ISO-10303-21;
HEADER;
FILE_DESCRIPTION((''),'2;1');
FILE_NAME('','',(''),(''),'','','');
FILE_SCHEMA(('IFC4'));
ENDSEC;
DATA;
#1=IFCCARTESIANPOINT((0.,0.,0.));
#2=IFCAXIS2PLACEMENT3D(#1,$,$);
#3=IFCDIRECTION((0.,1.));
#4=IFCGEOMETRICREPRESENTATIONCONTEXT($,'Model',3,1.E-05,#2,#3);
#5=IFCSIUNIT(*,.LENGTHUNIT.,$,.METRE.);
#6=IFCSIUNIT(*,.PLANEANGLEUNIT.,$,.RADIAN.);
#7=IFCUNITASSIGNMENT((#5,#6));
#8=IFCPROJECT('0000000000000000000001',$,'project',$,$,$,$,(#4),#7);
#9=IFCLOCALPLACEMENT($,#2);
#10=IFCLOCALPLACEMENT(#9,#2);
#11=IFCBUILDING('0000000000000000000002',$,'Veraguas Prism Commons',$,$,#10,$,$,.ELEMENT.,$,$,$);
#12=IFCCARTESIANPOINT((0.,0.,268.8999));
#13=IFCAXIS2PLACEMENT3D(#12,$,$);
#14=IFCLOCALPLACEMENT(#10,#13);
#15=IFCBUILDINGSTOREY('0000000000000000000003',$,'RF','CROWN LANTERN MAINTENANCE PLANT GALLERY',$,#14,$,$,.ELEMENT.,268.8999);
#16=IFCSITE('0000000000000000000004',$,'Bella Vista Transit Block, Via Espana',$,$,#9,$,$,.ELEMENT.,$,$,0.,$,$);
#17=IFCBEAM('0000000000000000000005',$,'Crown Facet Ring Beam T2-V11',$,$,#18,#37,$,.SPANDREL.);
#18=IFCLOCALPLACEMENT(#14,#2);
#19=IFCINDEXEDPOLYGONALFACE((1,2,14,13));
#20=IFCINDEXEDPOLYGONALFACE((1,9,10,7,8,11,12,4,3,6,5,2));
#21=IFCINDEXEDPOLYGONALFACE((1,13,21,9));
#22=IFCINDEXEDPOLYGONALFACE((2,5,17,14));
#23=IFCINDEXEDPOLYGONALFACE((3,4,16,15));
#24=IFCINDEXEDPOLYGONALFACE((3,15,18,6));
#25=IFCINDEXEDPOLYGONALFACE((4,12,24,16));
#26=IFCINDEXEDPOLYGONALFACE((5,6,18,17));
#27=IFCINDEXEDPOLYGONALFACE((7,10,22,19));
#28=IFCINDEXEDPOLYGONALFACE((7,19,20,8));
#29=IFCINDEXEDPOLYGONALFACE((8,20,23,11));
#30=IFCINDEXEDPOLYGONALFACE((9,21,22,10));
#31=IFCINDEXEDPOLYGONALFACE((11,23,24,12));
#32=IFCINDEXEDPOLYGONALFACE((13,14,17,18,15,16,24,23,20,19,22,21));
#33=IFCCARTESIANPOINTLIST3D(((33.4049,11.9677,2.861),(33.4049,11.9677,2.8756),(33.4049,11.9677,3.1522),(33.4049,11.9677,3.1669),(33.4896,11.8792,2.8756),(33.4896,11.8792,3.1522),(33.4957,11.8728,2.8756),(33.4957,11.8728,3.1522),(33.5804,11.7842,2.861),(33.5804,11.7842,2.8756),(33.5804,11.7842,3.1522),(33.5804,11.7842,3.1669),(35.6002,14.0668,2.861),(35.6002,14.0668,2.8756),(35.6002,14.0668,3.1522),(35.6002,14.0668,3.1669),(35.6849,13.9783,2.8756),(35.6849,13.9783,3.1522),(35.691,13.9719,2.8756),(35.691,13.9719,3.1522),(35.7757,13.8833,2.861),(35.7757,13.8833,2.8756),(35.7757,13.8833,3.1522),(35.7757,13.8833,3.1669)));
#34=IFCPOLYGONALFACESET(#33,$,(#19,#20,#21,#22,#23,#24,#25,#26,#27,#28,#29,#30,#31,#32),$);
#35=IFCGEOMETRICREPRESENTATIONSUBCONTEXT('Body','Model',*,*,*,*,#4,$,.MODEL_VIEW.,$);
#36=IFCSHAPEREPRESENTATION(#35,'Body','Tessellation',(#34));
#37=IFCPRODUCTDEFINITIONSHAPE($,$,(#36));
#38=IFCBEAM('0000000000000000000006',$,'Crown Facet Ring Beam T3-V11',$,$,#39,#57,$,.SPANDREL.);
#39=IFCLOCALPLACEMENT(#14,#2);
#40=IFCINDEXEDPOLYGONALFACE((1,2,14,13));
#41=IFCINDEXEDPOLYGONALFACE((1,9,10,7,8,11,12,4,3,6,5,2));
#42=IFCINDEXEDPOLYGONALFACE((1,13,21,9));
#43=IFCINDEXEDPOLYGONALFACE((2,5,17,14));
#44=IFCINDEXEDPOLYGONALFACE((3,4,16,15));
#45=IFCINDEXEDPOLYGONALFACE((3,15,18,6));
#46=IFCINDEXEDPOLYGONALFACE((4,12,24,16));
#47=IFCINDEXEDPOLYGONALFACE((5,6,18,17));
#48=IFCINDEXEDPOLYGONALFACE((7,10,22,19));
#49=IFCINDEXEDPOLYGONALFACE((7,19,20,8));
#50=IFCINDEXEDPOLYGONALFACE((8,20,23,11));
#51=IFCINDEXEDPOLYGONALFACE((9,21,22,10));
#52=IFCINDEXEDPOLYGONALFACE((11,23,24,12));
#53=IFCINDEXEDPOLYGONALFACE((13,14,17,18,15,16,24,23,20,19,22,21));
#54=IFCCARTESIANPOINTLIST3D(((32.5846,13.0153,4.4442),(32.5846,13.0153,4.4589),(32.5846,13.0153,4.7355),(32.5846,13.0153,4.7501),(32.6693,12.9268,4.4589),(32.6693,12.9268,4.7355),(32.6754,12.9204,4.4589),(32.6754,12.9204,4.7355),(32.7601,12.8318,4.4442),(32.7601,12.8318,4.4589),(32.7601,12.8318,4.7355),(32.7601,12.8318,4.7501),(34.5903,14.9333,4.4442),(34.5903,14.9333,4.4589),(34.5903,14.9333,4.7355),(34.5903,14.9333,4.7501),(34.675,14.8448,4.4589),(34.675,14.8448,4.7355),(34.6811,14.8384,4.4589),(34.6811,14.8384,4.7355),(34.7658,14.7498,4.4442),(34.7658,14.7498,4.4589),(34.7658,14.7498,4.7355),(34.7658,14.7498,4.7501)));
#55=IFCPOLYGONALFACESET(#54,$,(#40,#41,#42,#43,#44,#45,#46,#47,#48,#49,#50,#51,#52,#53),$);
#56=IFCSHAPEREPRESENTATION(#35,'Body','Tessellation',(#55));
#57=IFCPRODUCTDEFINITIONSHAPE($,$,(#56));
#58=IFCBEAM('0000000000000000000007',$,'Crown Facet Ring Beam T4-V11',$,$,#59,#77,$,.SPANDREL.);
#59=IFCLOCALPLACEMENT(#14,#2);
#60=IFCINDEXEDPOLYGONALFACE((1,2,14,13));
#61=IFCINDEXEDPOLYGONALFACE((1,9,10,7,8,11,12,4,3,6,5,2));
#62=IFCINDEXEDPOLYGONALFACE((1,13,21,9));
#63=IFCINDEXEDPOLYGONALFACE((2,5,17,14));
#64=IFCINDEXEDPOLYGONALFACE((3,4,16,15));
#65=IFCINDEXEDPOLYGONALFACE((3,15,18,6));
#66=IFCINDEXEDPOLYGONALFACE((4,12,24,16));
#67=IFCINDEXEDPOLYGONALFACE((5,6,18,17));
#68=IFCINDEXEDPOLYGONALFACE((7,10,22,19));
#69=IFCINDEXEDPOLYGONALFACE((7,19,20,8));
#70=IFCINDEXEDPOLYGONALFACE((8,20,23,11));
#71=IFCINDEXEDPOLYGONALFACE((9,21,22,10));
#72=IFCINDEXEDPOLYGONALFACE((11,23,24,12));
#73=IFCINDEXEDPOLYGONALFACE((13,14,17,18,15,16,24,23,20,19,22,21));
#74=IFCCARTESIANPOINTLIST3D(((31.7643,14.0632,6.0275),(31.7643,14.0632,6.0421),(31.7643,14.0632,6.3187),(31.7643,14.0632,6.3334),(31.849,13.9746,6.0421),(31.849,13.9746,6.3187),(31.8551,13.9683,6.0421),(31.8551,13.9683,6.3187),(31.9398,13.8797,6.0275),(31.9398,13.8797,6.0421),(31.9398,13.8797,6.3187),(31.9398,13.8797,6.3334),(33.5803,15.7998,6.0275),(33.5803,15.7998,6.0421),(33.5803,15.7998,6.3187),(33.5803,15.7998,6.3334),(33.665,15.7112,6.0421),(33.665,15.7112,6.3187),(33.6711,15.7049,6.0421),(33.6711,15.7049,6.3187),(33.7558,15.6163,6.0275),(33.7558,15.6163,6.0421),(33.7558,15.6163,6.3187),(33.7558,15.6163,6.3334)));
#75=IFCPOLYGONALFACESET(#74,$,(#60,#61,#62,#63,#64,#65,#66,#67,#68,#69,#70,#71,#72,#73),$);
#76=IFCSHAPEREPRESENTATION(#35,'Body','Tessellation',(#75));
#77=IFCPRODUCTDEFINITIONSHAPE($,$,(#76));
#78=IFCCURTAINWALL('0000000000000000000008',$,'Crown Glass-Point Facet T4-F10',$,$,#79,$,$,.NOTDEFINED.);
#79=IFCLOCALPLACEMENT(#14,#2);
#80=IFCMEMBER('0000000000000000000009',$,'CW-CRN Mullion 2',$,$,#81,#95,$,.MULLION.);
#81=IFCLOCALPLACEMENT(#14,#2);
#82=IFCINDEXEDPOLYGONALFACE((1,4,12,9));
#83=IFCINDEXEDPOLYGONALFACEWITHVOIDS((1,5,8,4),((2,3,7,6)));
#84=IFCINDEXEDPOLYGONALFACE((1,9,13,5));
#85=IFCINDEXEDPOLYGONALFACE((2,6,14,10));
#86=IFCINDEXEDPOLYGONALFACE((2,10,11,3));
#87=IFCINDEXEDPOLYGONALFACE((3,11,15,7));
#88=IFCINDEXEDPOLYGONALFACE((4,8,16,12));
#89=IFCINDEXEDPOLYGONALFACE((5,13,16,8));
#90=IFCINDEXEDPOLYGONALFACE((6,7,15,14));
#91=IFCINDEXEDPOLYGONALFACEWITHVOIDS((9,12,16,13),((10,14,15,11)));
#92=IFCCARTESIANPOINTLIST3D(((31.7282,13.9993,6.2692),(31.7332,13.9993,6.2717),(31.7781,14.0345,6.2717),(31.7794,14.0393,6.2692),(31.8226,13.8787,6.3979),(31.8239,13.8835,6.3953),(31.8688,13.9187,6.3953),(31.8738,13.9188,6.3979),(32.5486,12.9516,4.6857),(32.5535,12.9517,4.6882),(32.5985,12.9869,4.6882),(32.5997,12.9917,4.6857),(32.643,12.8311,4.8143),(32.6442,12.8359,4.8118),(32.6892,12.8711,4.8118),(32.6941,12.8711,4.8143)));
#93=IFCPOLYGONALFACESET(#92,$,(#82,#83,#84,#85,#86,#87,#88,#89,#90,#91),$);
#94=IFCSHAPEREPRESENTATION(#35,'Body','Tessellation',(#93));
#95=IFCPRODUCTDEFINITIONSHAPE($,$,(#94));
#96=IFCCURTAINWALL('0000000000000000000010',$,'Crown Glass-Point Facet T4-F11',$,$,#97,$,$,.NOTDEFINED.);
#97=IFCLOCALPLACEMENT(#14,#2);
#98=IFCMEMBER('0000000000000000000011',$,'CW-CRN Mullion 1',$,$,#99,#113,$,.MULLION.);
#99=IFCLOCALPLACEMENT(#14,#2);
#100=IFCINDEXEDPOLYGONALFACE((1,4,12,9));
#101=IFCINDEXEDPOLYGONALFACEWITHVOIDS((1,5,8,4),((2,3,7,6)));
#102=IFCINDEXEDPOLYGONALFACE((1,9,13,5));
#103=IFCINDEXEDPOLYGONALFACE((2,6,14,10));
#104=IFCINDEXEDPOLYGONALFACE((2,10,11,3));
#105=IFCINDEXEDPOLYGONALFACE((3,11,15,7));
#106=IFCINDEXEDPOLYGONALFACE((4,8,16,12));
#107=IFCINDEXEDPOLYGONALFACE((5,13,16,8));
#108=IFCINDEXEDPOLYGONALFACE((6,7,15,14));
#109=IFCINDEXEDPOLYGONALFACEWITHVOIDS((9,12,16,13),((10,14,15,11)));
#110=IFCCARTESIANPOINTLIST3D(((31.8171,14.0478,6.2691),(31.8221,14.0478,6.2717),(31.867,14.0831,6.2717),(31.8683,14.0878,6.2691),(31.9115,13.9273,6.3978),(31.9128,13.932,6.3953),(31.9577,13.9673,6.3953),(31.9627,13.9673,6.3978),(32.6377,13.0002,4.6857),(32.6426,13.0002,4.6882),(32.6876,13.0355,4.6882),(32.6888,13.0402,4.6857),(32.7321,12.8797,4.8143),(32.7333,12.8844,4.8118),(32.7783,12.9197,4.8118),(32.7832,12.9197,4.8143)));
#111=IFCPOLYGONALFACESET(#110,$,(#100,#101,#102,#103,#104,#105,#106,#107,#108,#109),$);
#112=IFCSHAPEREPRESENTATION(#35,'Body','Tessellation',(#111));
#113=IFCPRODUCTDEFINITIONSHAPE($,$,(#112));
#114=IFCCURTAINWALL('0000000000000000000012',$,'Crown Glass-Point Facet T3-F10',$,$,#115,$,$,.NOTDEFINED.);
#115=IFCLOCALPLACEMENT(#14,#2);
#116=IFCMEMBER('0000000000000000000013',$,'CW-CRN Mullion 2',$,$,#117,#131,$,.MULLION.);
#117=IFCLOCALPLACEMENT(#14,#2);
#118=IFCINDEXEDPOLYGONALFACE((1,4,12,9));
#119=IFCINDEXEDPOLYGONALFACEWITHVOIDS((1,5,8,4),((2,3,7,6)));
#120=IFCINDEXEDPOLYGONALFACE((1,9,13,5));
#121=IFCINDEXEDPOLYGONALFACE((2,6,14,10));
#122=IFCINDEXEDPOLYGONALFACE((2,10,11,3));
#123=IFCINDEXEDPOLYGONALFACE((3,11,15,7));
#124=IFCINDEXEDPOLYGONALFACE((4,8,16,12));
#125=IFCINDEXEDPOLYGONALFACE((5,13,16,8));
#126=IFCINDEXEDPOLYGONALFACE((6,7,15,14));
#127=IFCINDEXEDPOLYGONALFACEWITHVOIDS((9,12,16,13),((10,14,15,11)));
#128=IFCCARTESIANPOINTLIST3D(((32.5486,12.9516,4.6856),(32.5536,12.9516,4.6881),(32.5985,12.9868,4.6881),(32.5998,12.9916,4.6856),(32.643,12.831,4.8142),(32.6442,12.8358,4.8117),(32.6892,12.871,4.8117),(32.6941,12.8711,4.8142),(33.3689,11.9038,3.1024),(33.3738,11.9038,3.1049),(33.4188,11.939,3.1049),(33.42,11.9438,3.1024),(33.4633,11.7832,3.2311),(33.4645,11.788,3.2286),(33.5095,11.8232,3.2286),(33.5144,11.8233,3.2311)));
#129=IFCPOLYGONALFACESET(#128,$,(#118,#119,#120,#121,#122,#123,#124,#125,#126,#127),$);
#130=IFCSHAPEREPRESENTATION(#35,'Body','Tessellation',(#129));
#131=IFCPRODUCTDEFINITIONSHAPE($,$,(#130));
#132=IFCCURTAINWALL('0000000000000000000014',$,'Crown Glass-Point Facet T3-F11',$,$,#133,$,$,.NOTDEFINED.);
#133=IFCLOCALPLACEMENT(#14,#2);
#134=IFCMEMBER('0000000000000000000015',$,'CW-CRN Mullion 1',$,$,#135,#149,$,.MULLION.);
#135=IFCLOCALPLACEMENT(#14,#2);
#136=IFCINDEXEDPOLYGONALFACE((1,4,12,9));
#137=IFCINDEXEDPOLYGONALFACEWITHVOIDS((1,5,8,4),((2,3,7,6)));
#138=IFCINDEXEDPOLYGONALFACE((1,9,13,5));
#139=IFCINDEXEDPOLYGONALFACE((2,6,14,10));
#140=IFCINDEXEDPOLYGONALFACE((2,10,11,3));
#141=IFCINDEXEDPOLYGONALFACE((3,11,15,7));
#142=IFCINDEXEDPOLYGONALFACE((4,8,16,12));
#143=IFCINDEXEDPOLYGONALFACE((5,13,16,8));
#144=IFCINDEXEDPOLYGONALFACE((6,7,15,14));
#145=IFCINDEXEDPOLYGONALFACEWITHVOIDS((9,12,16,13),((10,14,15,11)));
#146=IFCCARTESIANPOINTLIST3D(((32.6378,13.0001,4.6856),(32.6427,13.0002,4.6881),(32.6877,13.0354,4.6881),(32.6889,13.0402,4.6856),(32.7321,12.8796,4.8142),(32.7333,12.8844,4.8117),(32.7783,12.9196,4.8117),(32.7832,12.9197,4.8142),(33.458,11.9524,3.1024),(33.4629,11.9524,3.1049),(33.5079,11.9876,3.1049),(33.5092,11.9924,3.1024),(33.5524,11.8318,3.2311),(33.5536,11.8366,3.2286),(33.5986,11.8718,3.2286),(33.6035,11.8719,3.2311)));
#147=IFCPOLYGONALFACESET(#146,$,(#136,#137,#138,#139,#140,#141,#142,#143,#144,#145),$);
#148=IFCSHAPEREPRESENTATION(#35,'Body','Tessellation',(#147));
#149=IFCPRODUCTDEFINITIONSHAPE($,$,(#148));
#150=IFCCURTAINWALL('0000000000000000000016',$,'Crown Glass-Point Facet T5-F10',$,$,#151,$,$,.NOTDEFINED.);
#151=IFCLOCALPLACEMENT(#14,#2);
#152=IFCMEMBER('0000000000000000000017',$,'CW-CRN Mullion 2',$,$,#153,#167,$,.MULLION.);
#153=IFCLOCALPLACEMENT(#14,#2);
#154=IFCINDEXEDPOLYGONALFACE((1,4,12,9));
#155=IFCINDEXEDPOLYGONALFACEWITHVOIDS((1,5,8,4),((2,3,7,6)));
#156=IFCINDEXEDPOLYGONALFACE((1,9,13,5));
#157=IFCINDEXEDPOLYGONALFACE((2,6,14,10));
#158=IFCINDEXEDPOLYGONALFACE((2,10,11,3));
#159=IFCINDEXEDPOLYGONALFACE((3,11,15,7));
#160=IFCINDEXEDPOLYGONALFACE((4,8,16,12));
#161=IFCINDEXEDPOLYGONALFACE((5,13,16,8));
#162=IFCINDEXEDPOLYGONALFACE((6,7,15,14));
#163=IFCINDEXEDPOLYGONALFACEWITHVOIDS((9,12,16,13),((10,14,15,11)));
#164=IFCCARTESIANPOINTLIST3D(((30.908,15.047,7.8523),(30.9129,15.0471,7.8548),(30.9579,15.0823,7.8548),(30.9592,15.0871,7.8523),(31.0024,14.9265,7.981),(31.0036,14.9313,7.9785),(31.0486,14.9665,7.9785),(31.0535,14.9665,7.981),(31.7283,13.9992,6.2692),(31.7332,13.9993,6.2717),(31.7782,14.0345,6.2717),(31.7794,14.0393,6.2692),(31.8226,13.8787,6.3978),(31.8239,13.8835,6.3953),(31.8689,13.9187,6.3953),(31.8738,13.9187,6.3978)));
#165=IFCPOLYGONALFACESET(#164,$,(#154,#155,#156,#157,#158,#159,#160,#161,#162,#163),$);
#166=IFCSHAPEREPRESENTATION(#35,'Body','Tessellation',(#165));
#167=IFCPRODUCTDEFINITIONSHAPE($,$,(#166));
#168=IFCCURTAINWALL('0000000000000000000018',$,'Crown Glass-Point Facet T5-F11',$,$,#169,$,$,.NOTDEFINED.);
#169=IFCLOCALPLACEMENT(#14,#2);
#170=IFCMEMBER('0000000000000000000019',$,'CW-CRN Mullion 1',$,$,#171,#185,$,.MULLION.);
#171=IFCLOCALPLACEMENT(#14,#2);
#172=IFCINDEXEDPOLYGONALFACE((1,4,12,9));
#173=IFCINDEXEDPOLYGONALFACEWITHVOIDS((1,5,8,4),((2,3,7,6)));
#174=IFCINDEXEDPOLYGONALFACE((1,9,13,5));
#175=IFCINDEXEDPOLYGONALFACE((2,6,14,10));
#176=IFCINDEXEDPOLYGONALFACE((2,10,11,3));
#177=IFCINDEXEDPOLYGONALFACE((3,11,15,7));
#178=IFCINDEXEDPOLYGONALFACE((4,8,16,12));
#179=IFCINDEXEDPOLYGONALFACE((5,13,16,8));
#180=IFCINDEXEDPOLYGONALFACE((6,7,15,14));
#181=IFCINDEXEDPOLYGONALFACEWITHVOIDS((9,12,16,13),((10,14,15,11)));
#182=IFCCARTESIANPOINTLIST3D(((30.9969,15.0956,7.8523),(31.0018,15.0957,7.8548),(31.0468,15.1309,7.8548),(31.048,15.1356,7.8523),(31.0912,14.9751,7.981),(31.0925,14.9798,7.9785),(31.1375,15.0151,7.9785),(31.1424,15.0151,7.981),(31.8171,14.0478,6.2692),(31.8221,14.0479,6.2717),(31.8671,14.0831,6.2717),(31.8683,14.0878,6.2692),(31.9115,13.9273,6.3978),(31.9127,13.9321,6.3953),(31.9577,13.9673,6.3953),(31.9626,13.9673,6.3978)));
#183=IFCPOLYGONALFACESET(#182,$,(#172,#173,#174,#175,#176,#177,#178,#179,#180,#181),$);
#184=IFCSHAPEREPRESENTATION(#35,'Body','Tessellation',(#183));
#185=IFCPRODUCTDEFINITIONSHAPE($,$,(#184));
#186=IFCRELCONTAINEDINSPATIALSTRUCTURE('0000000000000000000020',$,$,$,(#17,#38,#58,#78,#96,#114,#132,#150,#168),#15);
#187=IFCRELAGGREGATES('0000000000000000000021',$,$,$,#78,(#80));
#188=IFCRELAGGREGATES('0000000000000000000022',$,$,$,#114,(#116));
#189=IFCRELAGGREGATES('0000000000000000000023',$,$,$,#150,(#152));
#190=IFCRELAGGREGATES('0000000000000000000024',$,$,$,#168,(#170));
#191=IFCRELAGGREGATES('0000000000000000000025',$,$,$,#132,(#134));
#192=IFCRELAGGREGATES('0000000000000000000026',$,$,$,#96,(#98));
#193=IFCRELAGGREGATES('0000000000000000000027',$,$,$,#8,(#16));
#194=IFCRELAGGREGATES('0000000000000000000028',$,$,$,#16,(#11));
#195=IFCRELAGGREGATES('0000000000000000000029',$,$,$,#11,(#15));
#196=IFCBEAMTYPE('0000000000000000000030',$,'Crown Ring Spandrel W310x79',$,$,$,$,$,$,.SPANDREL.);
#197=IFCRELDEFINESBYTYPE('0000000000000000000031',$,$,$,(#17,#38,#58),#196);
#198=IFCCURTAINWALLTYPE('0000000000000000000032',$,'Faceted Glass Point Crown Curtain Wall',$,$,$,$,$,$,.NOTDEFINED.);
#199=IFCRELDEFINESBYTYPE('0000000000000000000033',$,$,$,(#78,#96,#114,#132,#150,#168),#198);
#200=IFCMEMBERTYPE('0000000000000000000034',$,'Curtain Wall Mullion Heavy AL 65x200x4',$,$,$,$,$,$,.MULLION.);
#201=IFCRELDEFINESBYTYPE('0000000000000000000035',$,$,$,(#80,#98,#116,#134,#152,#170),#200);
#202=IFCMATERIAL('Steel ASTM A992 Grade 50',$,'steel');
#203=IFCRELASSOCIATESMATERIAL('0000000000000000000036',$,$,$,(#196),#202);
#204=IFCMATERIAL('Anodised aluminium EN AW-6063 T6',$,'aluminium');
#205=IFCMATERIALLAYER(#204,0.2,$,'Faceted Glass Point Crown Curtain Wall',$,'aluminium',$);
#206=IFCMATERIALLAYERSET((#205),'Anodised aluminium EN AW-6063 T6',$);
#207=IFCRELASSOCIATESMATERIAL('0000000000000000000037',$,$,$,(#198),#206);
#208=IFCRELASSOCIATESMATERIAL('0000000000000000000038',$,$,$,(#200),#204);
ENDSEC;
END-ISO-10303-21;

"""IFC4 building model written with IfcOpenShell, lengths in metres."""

from ifc_helpers import new_model, si_unit, direction, frame, origin, origin_2d, place, context, subcontext, project, spatial, hollow_rectangle, i_section, extrude, source, transform, mapped, material, layer, layer_set, material_profile, profile_set, type_object, element, aggregate, save


model = new_model("IFC4")

# Units and contexts
model_context = context("Model", 3, precision=1e-05, world=origin(), true_north=direction((0.0, 1.0)))
body_context = subcontext(model_context, "Body", "Model", "MODEL_VIEW")
ifc_project = project(units=[si_unit("LENGTHUNIT", "METRE"), si_unit("PLANEANGLEUNIT", "RADIAN")], contexts=[model_context])

# Site, building, storey
site_placement = place(None, origin())
site = spatial("IfcSite", under=ifc_project, at=site_placement, Name="Bella Vista Transit Block, Via Espana", CompositionType="ELEMENT", RefElevation=0.0)
building_placement = place(site_placement, origin())
building = spatial("IfcBuilding", under=site, at=building_placement, Name="Veraguas Prism Commons", CompositionType="ELEMENT")
storey_placement = place(building_placement, frame((0.0, 0.0, 268.8999)))
storey = spatial("IfcBuildingStorey", under=building, at=storey_placement, Name="RF", Description="CROWN LANTERN MAINTENANCE PLANT GALLERY", CompositionType="ELEMENT", Elevation=268.8999)

# Beams
ifc_material_1 = material(Name="Steel ASTM A992 Grade 50", Category="steel")
ifc_material_profile_1 = material_profile(ifc_material_1, i_section(OverallWidth=0.2539, OverallDepth=0.3059, WebThickness=0.0088, FlangeThickness=0.0146, at=origin_2d()), Name="W310X79")
ifc_profile_set_1 = profile_set([ifc_material_profile_1], Name="Steel ASTM A992 Grade 50")
beam_type = type_object("IfcBeamType", Name="Crown Ring Spandrel W310x79", PredefinedType="SPANDREL", material=ifc_profile_set_1)
beam_1_placement = place(storey_placement, frame((33.4927, 11.876, 3.0139), z_axis=(0.722764, 0.691095, 0.0), x_axis=(-0.691095, 0.722764, 0.0)))
element("IfcBeam", 1, at=beam_1_placement, inside=storey, type_object=beam_type, Name="Crown Facet Ring Beam T2-V11", PredefinedType="SPANDREL", context=body_context, shape_type="SweptSolid", body=[
    extrude(i_section(OverallWidth=0.2539, OverallDepth=0.3059, WebThickness=0.0088, FlangeThickness=0.0146, at=origin_2d()), origin(), (0.0, 0.0, 1.0), 3.0374),
])
beam_2_placement = place(storey_placement, frame((32.6724, 12.9236, 4.5972), z_axis=(0.722722, 0.691139, 0.0), x_axis=(-0.691139, 0.722722, 0.0)))
element("IfcBeam", 2, at=beam_2_placement, inside=storey, type_object=beam_type, Name="Crown Facet Ring Beam T3-V11", PredefinedType="SPANDREL", context=body_context, shape_type="SweptSolid", body=[
    extrude(i_section(OverallWidth=0.2539, OverallDepth=0.3059, WebThickness=0.0088, FlangeThickness=0.0146, at=origin_2d()), origin(), (0.0, 0.0, 1.0), 2.7751),
])
beam_3_placement = place(storey_placement, frame((31.8521, 13.9714, 6.1804), z_axis=(0.72272, 0.691141, 0.0), x_axis=(-0.691141, 0.72272, 0.0)))
element("IfcBeam", 3, at=beam_3_placement, inside=storey, type_object=beam_type, Name="Crown Facet Ring Beam T4-V11", PredefinedType="SPANDREL", context=body_context, shape_type="SweptSolid", body=[
    extrude(i_section(OverallWidth=0.2539, OverallDepth=0.3059, WebThickness=0.0088, FlangeThickness=0.0146, at=origin_2d()), origin(), (0.0, 0.0, 1.0), 2.5127),
])

# Curtain walls, members
ifc_material_2 = material(Name="Anodised aluminium EN AW-6063 T6", Category="aluminium")
ifc_layer_1 = layer(ifc_material_2, 0.2, Name="Faceted Glass Point Crown Curtain Wall", Category="aluminium")
ifc_layer_set_1 = layer_set([ifc_layer_1], Name="Anodised aluminium EN AW-6063 T6")
curtain_wall_type = type_object("IfcCurtainWallType", Name="Faceted Glass Point Crown Curtain Wall", PredefinedType="NOTDEFINED", material=ifc_layer_set_1)
curtain_wall_1_placement = place(storey_placement, origin())
curtain_wall_1 = element("IfcCurtainWall", 4, at=curtain_wall_1_placement, inside=storey, type_object=curtain_wall_type, Name="Crown Glass-Point Facet T4-F10", PredefinedType="NOTDEFINED")
ifc_material_profile_2 = material_profile(ifc_material_2, hollow_rectangle(XDim=0.0649, YDim=0.2, WallThickness=0.0039, at=origin_2d()), Name="AL65X200X4")
ifc_profile_set_2 = profile_set([ifc_material_profile_2], Name="Anodised aluminium EN AW-6063 T6")
member_type_1 = type_object("IfcMemberType", Name="Curtain Wall Mullion Heavy AL 65x200x4", PredefinedType="MULLION", material=ifc_profile_set_2)
shared_shape_1 = source(origin(), body_context, "Body", "SweptSolid", [
    extrude(hollow_rectangle(XDim=0.0649, YDim=0.2, WallThickness=0.0039, at=origin_2d()), origin(), (0.0, 0.0, 1.0), 2.0684),
])
member_1_placement = place(storey_placement, frame((32.6213, 12.9114, 4.75), z_axis=(-0.396612, 0.506507, 0.765604), x_axis=(-0.787342, -0.616516, 0.0)))
member_1 = element("IfcMember", 5, at=member_1_placement, type_object=member_type_1, Name="CW-CRN Mullion 2", PredefinedType="MULLION", context=body_context, shape_type="MappedRepresentation", body=[
    mapped(shared_shape_1, transform((0.0, 0.0, 0.0), scale=1.0)),
])
aggregate(curtain_wall_1, [member_1])
curtain_wall_2_placement = place(storey_placement, origin())
curtain_wall_2 = element("IfcCurtainWall", 6, at=curtain_wall_2_placement, inside=storey, type_object=curtain_wall_type, Name="Crown Glass-Point Facet T4-F11", PredefinedType="NOTDEFINED")
member_2_placement = place(storey_placement, frame((32.7104, 12.96, 4.75), z_axis=(-0.396712, 0.506483, 0.765568), x_axis=(-0.787253, -0.61663, 0.0)))
member_2 = element("IfcMember", 7, at=member_2_placement, type_object=member_type_1, Name="CW-CRN Mullion 1", PredefinedType="MULLION", context=body_context, shape_type="MappedRepresentation", body=[
    mapped(shared_shape_1, transform((0.0, 0.0, 0.0), scale=1.0)),
])
curtain_wall_3_placement = place(storey_placement, origin())
curtain_wall_3 = element("IfcCurtainWall", 8, at=curtain_wall_3_placement, inside=storey, type_object=curtain_wall_type, Name="Crown Glass-Point Facet T3-F10", PredefinedType="NOTDEFINED")
shared_shape_2 = source(origin(), body_context, "Body", "SweptSolid", [
    extrude(hollow_rectangle(XDim=0.0649, YDim=0.2, WallThickness=0.0039, at=origin_2d()), origin(), (0.0, 0.0, 1.0), 2.0681),
])
member_3_placement = place(storey_placement, frame((33.4417, 11.8635, 3.1667), z_axis=(-0.396625, 0.506641, 0.765509), x_axis=(-0.787412, -0.616427, 0.0)))
member_3 = element("IfcMember", 9, at=member_3_placement, type_object=member_type_1, Name="CW-CRN Mullion 2", PredefinedType="MULLION", context=body_context, shape_type="MappedRepresentation", body=[
    mapped(shared_shape_2, transform((0.0, 0.0, 0.0), scale=1.0)),
])
aggregate(curtain_wall_3, [member_3])
curtain_wall_4_placement = place(storey_placement, origin())
curtain_wall_4 = element("IfcCurtainWall", 10, at=curtain_wall_4_placement, inside=storey, type_object=curtain_wall_type, Name="Crown Glass-Point Facet T3-F11", PredefinedType="NOTDEFINED")
member_4_placement = place(storey_placement, frame((33.5308, 11.9121, 3.1667), z_axis=(-0.396625, 0.506641, 0.765509), x_axis=(-0.787412, -0.616427, 0.0)))
member_4 = element("IfcMember", 11, at=member_4_placement, type_object=member_type_1, Name="CW-CRN Mullion 1", PredefinedType="MULLION", context=body_context, shape_type="MappedRepresentation", body=[
    mapped(shared_shape_2, transform((0.0, 0.0, 0.0), scale=1.0)),
])
curtain_wall_5_placement = place(storey_placement, origin())
curtain_wall_5 = element("IfcCurtainWall", 12, at=curtain_wall_5_placement, inside=storey, type_object=curtain_wall_type, Name="Crown Glass-Point Facet T5-F10", PredefinedType="NOTDEFINED")
member_5_placement = place(storey_placement, frame((31.801, 13.959, 6.3335), z_axis=(-0.396625, 0.506641, 0.765509), x_axis=(-0.787412, -0.616427, 0.0)))
member_5 = element("IfcMember", 13, at=member_5_placement, type_object=member_type_1, Name="CW-CRN Mullion 2", PredefinedType="MULLION", context=body_context, shape_type="MappedRepresentation", body=[
    mapped(shared_shape_2, transform((0.0, 0.0, 0.0), scale=1.0)),
])
aggregate(curtain_wall_5, [member_5])
curtain_wall_6_placement = place(storey_placement, origin())
curtain_wall_6 = element("IfcCurtainWall", 14, at=curtain_wall_6_placement, inside=storey, type_object=curtain_wall_type, Name="Crown Glass-Point Facet T5-F11", PredefinedType="NOTDEFINED")
member_6_placement = place(storey_placement, frame((31.8899, 14.0076, 6.3335), z_axis=(-0.396625, 0.506641, 0.765509), x_axis=(-0.787412, -0.616427, 0.0)))
member_6 = element("IfcMember", 15, at=member_6_placement, type_object=member_type_1, Name="CW-CRN Mullion 1", PredefinedType="MULLION", context=body_context, shape_type="MappedRepresentation", body=[
    mapped(shared_shape_2, transform((0.0, 0.0, 0.0), scale=1.0)),
])

aggregate(curtain_wall_6, [member_6])

aggregate(curtain_wall_4, [member_4])
aggregate(curtain_wall_2, [member_2])

save(model, "model.ifc")
